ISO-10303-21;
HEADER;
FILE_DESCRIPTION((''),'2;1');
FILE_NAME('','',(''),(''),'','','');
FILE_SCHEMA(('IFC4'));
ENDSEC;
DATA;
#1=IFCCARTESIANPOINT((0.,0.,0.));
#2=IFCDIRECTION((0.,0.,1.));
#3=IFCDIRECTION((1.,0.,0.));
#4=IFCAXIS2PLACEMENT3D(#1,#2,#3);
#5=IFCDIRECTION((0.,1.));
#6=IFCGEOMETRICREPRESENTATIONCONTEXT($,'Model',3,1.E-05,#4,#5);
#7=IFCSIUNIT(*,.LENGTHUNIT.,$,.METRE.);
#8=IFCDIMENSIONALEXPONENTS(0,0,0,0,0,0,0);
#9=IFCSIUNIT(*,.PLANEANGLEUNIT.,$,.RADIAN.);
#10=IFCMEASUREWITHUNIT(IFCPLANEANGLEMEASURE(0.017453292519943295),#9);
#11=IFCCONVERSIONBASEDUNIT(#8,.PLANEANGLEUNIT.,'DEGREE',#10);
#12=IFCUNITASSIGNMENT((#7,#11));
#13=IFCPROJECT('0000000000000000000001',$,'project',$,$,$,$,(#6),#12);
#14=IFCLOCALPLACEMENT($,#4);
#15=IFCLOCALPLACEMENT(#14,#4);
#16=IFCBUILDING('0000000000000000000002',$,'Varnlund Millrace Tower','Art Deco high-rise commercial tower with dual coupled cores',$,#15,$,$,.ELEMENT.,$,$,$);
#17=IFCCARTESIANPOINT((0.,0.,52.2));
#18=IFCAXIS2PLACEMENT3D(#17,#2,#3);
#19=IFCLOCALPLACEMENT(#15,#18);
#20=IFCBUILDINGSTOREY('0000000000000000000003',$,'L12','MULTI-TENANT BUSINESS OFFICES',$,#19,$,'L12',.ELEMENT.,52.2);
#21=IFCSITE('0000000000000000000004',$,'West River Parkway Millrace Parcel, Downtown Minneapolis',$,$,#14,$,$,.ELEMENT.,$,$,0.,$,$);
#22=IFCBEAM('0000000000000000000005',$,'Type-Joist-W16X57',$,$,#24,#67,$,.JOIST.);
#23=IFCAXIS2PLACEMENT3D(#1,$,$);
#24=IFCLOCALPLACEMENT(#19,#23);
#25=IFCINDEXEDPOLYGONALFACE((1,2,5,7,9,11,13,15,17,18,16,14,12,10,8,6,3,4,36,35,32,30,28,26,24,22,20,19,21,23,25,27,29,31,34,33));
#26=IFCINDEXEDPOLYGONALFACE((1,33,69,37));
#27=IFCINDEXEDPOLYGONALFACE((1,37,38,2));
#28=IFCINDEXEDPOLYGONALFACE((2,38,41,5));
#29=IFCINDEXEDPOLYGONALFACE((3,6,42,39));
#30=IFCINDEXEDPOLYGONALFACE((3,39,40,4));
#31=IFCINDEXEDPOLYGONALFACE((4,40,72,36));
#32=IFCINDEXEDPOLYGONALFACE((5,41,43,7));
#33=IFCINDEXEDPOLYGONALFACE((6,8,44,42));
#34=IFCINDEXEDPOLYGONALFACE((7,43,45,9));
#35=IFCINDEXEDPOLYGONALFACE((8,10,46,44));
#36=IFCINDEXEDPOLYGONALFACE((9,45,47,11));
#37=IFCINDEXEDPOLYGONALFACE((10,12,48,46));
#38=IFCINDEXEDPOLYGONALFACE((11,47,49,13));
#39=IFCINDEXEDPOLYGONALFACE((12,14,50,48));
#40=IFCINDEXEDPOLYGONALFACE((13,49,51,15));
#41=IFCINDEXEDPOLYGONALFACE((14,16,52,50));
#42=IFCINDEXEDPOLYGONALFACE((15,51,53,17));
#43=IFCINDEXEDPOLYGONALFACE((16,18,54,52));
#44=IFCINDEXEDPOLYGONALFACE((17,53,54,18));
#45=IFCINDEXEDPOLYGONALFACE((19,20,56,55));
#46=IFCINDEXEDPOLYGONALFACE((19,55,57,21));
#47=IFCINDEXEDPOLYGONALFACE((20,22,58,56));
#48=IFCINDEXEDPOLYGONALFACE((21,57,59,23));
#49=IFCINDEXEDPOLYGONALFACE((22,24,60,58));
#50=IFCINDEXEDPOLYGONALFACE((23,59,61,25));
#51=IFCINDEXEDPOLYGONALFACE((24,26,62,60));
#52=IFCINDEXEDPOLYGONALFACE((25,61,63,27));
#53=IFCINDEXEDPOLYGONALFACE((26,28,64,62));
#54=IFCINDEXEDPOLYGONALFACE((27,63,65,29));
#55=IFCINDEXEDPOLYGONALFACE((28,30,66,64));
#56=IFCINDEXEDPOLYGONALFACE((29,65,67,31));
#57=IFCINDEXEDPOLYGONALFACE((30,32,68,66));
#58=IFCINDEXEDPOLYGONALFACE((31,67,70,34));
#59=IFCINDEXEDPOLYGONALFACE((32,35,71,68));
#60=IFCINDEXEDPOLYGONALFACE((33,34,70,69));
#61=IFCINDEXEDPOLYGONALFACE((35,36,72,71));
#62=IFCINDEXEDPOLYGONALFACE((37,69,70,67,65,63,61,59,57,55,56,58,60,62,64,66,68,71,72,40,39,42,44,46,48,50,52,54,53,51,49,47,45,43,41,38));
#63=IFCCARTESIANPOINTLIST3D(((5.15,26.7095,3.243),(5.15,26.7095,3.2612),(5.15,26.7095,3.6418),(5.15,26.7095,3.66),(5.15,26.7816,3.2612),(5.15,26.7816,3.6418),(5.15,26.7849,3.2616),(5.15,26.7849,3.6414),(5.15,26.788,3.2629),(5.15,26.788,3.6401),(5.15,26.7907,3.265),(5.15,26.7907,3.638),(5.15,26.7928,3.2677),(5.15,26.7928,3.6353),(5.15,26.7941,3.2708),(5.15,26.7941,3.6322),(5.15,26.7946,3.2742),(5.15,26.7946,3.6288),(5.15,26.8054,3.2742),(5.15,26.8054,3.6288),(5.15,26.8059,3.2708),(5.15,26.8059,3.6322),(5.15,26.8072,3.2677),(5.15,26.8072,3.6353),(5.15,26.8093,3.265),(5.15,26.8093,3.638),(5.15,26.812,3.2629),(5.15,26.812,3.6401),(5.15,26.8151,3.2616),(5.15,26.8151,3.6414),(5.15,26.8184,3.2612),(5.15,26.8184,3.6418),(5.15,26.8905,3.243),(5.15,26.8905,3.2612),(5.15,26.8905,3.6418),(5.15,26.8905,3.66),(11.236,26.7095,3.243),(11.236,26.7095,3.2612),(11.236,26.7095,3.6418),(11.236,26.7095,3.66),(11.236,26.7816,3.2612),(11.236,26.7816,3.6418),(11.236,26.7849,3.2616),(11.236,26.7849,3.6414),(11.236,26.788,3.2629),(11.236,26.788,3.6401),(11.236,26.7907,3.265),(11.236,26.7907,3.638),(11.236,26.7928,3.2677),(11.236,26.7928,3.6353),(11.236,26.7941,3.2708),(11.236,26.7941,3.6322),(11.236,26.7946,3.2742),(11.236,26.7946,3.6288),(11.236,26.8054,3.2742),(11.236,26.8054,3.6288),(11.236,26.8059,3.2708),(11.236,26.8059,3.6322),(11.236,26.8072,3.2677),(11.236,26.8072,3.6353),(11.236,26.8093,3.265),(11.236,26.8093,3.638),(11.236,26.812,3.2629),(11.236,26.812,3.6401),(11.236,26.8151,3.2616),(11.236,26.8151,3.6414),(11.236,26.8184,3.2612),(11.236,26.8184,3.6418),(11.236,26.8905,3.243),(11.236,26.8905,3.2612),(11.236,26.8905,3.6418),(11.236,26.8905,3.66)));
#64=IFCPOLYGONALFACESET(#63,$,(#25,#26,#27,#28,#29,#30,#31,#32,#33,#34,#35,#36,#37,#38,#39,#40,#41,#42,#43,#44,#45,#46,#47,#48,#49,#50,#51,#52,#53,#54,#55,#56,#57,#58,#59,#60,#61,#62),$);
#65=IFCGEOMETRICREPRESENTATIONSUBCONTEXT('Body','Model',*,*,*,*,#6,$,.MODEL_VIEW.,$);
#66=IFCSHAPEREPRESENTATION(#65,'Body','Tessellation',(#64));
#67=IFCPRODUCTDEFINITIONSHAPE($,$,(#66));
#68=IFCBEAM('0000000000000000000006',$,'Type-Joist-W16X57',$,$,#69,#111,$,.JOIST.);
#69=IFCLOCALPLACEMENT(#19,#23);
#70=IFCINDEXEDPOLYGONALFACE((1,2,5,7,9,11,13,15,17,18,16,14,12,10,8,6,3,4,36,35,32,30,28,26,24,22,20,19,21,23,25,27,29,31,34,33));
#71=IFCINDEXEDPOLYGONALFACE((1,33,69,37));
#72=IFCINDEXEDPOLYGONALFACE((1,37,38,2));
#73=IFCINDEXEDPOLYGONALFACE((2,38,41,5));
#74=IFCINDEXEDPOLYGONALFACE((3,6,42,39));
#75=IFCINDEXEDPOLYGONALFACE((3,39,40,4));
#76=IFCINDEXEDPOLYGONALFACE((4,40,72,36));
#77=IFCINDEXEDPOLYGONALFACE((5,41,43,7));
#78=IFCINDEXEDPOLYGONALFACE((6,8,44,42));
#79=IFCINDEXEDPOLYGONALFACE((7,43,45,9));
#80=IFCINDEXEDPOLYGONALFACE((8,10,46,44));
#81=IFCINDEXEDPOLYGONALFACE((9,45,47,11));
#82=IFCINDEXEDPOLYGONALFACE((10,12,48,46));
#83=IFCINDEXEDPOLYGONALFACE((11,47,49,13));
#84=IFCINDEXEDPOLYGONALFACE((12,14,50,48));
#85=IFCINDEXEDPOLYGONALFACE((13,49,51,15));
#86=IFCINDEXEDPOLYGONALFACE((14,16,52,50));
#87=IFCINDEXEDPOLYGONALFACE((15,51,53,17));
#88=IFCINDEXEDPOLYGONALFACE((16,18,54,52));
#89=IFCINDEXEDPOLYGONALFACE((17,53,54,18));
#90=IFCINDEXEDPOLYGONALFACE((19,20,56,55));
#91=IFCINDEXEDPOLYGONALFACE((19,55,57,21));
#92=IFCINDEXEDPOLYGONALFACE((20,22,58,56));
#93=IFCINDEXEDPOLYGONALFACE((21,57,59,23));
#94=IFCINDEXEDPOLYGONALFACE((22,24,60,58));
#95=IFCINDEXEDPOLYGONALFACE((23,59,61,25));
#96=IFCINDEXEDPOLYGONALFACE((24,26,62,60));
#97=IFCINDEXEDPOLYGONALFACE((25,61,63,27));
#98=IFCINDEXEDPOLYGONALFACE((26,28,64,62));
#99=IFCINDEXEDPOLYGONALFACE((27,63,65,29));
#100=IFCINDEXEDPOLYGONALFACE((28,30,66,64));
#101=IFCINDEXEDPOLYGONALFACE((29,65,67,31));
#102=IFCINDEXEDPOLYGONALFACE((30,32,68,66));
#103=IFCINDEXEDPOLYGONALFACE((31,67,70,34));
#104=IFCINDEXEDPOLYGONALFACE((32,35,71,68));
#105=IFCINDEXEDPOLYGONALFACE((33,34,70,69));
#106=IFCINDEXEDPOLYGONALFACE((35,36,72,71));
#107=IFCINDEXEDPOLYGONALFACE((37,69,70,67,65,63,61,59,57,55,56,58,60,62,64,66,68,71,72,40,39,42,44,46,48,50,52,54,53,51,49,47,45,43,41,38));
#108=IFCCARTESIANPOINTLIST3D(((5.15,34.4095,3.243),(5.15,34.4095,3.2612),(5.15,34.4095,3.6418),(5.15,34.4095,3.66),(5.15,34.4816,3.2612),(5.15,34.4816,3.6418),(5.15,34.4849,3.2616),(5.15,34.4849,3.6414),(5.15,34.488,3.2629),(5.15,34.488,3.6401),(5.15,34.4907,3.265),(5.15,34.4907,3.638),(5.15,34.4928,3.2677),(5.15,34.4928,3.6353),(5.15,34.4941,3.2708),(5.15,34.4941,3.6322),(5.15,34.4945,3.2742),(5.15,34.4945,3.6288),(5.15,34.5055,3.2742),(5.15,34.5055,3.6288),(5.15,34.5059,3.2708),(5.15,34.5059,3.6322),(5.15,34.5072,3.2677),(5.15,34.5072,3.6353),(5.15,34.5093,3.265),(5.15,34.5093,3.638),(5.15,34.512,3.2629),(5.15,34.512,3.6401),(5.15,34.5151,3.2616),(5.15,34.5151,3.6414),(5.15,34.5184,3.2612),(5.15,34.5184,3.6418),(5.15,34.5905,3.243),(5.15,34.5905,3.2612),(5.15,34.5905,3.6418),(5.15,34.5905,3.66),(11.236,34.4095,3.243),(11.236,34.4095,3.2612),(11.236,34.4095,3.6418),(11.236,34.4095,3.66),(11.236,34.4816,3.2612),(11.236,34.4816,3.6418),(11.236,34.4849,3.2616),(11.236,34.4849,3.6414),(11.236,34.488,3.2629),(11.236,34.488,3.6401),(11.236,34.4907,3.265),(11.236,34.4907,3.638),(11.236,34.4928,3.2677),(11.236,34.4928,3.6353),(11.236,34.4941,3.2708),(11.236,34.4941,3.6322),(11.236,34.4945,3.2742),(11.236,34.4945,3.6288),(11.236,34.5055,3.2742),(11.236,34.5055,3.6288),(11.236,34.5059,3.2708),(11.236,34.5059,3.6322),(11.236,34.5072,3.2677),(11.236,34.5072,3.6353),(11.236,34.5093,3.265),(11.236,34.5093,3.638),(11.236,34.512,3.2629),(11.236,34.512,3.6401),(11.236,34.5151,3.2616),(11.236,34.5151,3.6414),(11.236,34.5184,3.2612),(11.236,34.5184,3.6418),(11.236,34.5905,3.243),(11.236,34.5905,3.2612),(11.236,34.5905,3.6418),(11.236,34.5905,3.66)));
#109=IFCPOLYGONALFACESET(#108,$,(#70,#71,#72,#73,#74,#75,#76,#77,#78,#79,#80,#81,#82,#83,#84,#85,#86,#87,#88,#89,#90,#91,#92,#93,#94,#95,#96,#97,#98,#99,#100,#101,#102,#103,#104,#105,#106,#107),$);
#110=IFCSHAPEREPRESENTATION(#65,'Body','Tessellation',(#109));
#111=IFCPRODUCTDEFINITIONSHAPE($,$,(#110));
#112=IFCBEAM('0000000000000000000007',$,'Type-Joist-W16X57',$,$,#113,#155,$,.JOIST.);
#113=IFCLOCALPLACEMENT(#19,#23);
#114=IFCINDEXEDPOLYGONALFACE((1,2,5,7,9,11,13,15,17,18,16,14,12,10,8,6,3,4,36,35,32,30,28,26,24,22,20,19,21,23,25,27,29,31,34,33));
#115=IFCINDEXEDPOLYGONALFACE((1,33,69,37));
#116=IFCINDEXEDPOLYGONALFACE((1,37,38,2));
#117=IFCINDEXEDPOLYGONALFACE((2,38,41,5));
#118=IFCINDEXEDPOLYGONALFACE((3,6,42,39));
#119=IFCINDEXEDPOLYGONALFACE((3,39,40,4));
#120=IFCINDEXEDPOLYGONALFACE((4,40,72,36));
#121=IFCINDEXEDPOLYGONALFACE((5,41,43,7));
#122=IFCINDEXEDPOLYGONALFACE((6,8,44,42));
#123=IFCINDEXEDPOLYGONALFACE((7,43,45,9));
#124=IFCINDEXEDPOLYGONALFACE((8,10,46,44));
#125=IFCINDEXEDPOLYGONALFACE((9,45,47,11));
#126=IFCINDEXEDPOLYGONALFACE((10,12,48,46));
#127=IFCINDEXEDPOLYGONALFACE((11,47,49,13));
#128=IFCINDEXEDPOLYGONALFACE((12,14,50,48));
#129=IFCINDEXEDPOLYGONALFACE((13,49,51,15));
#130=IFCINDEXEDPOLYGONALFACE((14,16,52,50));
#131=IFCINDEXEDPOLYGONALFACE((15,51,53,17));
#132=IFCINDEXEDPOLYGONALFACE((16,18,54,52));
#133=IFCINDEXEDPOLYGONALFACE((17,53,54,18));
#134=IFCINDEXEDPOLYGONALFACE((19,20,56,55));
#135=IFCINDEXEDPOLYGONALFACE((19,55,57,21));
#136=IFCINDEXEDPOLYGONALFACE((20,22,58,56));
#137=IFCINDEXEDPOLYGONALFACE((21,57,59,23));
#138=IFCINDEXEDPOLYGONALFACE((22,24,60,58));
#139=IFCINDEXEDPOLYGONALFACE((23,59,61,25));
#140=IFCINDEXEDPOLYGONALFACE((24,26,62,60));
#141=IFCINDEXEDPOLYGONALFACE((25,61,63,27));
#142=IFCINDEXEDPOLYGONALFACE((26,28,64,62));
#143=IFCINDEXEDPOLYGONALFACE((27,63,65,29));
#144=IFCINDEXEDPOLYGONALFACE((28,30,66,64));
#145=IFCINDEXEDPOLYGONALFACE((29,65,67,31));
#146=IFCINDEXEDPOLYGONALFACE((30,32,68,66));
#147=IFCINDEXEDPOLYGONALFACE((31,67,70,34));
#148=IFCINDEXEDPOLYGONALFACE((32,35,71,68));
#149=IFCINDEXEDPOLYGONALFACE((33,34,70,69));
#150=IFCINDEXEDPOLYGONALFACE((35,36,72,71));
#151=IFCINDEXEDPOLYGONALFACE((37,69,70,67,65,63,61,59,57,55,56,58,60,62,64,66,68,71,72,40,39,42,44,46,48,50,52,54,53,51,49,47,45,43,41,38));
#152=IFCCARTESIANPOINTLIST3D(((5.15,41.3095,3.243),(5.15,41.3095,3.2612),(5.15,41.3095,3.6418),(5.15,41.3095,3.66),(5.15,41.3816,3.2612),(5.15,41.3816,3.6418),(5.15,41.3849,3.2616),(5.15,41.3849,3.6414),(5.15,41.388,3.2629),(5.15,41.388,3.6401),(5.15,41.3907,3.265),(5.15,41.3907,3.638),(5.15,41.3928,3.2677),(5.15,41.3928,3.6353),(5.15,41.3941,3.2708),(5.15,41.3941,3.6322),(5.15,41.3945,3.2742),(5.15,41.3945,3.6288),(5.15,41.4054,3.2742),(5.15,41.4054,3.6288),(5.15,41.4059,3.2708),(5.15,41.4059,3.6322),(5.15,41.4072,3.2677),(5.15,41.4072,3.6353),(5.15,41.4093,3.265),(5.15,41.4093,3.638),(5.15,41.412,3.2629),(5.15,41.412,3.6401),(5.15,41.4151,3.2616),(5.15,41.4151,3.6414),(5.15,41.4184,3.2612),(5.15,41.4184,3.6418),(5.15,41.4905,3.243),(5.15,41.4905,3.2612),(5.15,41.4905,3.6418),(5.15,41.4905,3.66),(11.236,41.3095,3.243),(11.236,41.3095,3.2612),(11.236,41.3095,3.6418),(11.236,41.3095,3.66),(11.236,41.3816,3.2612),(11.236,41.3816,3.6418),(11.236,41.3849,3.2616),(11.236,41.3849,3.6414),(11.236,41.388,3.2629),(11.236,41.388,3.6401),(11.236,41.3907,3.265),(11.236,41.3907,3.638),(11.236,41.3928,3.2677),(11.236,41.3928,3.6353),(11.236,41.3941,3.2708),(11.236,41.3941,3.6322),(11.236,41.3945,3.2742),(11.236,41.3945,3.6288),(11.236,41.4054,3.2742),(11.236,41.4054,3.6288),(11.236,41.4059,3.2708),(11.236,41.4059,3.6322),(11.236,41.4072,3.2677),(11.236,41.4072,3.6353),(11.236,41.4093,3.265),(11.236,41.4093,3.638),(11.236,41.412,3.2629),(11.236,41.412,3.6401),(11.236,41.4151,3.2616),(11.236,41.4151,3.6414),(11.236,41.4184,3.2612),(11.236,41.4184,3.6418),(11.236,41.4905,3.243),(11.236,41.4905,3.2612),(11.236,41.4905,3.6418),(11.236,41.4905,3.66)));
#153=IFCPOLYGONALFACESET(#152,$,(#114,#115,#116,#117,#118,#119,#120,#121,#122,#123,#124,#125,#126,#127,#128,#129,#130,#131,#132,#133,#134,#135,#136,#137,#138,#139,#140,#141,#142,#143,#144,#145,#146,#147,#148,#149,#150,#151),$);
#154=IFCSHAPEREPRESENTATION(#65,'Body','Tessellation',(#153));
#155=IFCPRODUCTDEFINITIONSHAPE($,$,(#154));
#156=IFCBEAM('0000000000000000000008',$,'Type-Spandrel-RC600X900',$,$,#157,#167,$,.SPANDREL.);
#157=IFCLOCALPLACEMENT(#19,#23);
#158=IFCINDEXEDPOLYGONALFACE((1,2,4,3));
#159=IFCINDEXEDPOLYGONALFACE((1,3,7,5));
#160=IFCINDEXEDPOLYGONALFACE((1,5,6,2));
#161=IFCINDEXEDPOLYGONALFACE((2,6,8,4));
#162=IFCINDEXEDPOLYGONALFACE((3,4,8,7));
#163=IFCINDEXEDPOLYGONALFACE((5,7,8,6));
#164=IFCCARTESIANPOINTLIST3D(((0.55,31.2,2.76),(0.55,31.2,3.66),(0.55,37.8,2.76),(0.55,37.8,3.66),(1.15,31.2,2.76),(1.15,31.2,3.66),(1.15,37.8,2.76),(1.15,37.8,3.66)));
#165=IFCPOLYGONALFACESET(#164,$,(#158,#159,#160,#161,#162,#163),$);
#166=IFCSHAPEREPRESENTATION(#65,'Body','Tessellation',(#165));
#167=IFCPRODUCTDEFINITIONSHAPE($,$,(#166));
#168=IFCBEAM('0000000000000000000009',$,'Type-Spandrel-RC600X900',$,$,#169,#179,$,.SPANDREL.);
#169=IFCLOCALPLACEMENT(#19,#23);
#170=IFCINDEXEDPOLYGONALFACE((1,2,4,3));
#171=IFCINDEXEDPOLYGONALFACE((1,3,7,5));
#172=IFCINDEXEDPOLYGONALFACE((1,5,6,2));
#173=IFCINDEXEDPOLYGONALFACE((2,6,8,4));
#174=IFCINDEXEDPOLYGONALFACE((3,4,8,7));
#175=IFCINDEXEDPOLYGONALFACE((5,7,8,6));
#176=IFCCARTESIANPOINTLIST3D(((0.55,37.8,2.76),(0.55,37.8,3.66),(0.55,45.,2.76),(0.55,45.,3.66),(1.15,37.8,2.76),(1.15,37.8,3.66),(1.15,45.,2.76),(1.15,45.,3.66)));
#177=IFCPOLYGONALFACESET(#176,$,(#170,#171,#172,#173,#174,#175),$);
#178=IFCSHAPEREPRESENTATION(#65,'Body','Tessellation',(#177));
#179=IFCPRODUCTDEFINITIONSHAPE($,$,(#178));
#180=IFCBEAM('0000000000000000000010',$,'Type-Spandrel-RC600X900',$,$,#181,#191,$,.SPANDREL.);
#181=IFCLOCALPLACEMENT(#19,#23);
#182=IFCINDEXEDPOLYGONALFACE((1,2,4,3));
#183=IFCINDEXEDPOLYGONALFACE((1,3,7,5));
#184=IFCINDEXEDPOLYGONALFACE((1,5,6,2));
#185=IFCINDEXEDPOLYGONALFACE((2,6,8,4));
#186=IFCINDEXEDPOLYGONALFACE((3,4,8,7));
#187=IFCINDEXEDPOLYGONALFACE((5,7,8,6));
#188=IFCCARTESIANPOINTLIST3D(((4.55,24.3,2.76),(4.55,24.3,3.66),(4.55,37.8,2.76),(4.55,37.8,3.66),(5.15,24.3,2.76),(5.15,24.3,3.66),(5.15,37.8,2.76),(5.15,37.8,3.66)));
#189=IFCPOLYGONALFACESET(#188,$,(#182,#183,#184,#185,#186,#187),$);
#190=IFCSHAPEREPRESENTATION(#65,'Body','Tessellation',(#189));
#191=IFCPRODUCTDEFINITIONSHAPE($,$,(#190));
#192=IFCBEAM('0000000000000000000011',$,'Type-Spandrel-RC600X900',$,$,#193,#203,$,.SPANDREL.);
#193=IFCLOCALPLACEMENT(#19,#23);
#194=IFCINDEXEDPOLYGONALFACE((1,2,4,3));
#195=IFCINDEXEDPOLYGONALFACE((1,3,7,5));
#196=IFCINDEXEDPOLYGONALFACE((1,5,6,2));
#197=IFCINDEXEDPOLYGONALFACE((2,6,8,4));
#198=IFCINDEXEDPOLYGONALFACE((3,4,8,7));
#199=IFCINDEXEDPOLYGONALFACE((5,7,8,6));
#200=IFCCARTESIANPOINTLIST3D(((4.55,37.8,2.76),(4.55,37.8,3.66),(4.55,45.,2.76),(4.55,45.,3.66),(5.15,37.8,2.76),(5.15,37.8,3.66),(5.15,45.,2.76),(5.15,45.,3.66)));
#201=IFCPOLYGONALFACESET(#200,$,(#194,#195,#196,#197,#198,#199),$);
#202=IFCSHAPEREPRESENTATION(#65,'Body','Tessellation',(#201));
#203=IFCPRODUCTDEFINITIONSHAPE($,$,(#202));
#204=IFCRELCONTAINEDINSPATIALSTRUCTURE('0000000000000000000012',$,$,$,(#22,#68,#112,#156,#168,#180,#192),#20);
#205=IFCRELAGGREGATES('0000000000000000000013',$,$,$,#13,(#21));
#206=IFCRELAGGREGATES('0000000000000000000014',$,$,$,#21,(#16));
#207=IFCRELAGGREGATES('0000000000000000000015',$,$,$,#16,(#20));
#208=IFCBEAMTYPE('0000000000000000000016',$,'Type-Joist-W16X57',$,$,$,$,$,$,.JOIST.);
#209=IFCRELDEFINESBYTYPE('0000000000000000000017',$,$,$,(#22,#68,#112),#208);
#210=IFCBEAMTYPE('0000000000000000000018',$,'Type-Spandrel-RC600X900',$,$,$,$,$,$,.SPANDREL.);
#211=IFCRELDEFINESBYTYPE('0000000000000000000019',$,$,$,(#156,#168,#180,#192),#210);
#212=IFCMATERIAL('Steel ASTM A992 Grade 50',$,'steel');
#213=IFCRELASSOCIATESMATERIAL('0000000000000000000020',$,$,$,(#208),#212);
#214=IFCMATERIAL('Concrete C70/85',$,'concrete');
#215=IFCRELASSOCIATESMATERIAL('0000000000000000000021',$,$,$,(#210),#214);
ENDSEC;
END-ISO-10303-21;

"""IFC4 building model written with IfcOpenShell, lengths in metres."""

from ifc_helpers import new_model, entity, si_unit, converted_unit, direction, frame, origin_with_axes, origin_2d_with_axis, place, context, subcontext, project, spatial, rectangle, i_section, extrude, material, material_profile, profile_set, type_object, element, save


model = new_model("IFC4")

# Units and contexts
model_context = context("Model", 3, precision=1e-05, world=origin_with_axes(), true_north=direction((0.0, 1.0)))
body_context = subcontext(model_context, "Body", "Model", "MODEL_VIEW")
ifc_project = project(units=[si_unit("LENGTHUNIT", "METRE"), converted_unit("PLANEANGLEUNIT", "DEGREE", entity("IfcPlaneAngleMeasure", 0.017453292519943295), si_unit("PLANEANGLEUNIT", "RADIAN"), dimensions=[0, 0, 0, 0, 0, 0, 0])], contexts=[model_context])

# Site, building, storey
site_placement = place(None, origin_with_axes())
site = spatial("IfcSite", under=ifc_project, at=site_placement, Name="West River Parkway Millrace Parcel, Downtown Minneapolis", CompositionType="ELEMENT", RefElevation=0.0)
building_placement = place(site_placement, origin_with_axes())
building = spatial("IfcBuilding", under=site, at=building_placement, Name="Varnlund Millrace Tower", Description="Art Deco high-rise commercial tower with dual coupled cores", CompositionType="ELEMENT")
storey_placement = place(building_placement, frame((0.0, 0.0, 52.2), z_axis=(0.0, 0.0, 1.0), x_axis=(1.0, 0.0, 0.0)))
storey = spatial("IfcBuildingStorey", under=building, at=storey_placement, Name="L12", Description="MULTI-TENANT BUSINESS OFFICES", LongName="L12", CompositionType="ELEMENT", Elevation=52.2)

# Beams
ifc_material_1 = material(Name="Steel ASTM A992 Grade 50", Category="steel")
ifc_material_profile_1 = material_profile(ifc_material_1, i_section(OverallWidth=0.181, OverallDepth=0.417, WebThickness=0.0109, FlangeThickness=0.0182, FilletRadius=0.013, at=origin_2d_with_axis()), Name="Steel ASTM A992 Grade 50")
ifc_profile_set_1 = profile_set([ifc_material_profile_1], Name="Steel ASTM A992 Grade 50")
beam_type_1 = type_object("IfcBeamType", Name="Type-Joist-W16X57", PredefinedType="JOIST", material=ifc_profile_set_1)
for number, where, z_axis, x_axis, name in (
    (1, (5.15, 26.8, 3.4515), (1.0, 0.0, 0.0), (0.0, 1.0, 0.0), "Type-Joist-W16X57"),
    (2, (5.15, 34.5, 3.4515), (1.0, 0.0, 0.0), (0.0, 1.0, 0.0), "Type-Joist-W16X57"),
    (3, (5.15, 41.4, 3.4515), (1.0, 0.0, 0.0), (0.0, 1.0, 0.0), "Type-Joist-W16X57"),
):
    element("IfcBeam", number, at=place(storey_placement, frame(where, z_axis=z_axis, x_axis=x_axis)), inside=storey, type_object=beam_type_1, Name=name, PredefinedType="JOIST", context=body_context, shape_type="SweptSolid", body=[
        extrude(i_section(OverallWidth=0.181, OverallDepth=0.417, WebThickness=0.0109, FlangeThickness=0.0182, FilletRadius=0.013, at=origin_2d_with_axis()), origin_with_axes(), (0.0, 0.0, 1.0), 6.086),
    ])
ifc_material_2 = material(Name="Concrete C70/85", Category="concrete")
ifc_material_profile_2 = material_profile(ifc_material_2, rectangle(XDim=0.6, YDim=0.9, at=origin_2d_with_axis()), Name="Concrete C70/85")
ifc_profile_set_2 = profile_set([ifc_material_profile_2], Name="Concrete C70/85")
beam_type_2 = type_object("IfcBeamType", Name="Type-Spandrel-RC600X900", PredefinedType="SPANDREL", material=ifc_profile_set_2)
beam_1_placement = place(storey_placement, frame((0.85, 31.2, 3.21), z_axis=(0.0, 1.0, 0.0), x_axis=(-1.0, 0.0, 0.0)))
element("IfcBeam", 4, at=beam_1_placement, inside=storey, type_object=beam_type_2, Name="Type-Spandrel-RC600X900", PredefinedType="SPANDREL", context=body_context, shape_type="SweptSolid", body=[
    extrude(rectangle(XDim=0.6, YDim=0.9, at=origin_2d_with_axis()), origin_with_axes(), (0.0, 0.0, 1.0), 6.6),
])
beam_2_placement = place(storey_placement, frame((0.85, 37.8, 3.21), z_axis=(0.0, 1.0, 0.0), x_axis=(-1.0, 0.0, 0.0)))
element("IfcBeam", 5, at=beam_2_placement, inside=storey, type_object=beam_type_2, Name="Type-Spandrel-RC600X900", PredefinedType="SPANDREL", context=body_context, shape_type="SweptSolid", body=[
    extrude(rectangle(XDim=0.6, YDim=0.9, at=origin_2d_with_axis()), origin_with_axes(), (0.0, 0.0, 1.0), 7.2),
])
beam_3_placement = place(storey_placement, frame((4.85, 24.3, 3.21), z_axis=(0.0, 1.0, 0.0), x_axis=(-1.0, 0.0, 0.0)))
element("IfcBeam", 6, at=beam_3_placement, inside=storey, type_object=beam_type_2, Name="Type-Spandrel-RC600X900", PredefinedType="SPANDREL", context=body_context, shape_type="SweptSolid", body=[
    extrude(rectangle(XDim=0.6, YDim=0.9, at=origin_2d_with_axis()), origin_with_axes(), (0.0, 0.0, 1.0), 13.5),
])
beam_4_placement = place(storey_placement, frame((4.85, 37.8, 3.21), z_axis=(0.0, 1.0, 0.0), x_axis=(-1.0, 0.0, 0.0)))
element("IfcBeam", 7, at=beam_4_placement, inside=storey, type_object=beam_type_2, Name="Type-Spandrel-RC600X900", PredefinedType="SPANDREL", context=body_context, shape_type="SweptSolid", body=[
    extrude(rectangle(XDim=0.6, YDim=0.9, at=origin_2d_with_axis()), origin_with_axes(), (0.0, 0.0, 1.0), 7.2),
])

save(model, "model.ifc")
